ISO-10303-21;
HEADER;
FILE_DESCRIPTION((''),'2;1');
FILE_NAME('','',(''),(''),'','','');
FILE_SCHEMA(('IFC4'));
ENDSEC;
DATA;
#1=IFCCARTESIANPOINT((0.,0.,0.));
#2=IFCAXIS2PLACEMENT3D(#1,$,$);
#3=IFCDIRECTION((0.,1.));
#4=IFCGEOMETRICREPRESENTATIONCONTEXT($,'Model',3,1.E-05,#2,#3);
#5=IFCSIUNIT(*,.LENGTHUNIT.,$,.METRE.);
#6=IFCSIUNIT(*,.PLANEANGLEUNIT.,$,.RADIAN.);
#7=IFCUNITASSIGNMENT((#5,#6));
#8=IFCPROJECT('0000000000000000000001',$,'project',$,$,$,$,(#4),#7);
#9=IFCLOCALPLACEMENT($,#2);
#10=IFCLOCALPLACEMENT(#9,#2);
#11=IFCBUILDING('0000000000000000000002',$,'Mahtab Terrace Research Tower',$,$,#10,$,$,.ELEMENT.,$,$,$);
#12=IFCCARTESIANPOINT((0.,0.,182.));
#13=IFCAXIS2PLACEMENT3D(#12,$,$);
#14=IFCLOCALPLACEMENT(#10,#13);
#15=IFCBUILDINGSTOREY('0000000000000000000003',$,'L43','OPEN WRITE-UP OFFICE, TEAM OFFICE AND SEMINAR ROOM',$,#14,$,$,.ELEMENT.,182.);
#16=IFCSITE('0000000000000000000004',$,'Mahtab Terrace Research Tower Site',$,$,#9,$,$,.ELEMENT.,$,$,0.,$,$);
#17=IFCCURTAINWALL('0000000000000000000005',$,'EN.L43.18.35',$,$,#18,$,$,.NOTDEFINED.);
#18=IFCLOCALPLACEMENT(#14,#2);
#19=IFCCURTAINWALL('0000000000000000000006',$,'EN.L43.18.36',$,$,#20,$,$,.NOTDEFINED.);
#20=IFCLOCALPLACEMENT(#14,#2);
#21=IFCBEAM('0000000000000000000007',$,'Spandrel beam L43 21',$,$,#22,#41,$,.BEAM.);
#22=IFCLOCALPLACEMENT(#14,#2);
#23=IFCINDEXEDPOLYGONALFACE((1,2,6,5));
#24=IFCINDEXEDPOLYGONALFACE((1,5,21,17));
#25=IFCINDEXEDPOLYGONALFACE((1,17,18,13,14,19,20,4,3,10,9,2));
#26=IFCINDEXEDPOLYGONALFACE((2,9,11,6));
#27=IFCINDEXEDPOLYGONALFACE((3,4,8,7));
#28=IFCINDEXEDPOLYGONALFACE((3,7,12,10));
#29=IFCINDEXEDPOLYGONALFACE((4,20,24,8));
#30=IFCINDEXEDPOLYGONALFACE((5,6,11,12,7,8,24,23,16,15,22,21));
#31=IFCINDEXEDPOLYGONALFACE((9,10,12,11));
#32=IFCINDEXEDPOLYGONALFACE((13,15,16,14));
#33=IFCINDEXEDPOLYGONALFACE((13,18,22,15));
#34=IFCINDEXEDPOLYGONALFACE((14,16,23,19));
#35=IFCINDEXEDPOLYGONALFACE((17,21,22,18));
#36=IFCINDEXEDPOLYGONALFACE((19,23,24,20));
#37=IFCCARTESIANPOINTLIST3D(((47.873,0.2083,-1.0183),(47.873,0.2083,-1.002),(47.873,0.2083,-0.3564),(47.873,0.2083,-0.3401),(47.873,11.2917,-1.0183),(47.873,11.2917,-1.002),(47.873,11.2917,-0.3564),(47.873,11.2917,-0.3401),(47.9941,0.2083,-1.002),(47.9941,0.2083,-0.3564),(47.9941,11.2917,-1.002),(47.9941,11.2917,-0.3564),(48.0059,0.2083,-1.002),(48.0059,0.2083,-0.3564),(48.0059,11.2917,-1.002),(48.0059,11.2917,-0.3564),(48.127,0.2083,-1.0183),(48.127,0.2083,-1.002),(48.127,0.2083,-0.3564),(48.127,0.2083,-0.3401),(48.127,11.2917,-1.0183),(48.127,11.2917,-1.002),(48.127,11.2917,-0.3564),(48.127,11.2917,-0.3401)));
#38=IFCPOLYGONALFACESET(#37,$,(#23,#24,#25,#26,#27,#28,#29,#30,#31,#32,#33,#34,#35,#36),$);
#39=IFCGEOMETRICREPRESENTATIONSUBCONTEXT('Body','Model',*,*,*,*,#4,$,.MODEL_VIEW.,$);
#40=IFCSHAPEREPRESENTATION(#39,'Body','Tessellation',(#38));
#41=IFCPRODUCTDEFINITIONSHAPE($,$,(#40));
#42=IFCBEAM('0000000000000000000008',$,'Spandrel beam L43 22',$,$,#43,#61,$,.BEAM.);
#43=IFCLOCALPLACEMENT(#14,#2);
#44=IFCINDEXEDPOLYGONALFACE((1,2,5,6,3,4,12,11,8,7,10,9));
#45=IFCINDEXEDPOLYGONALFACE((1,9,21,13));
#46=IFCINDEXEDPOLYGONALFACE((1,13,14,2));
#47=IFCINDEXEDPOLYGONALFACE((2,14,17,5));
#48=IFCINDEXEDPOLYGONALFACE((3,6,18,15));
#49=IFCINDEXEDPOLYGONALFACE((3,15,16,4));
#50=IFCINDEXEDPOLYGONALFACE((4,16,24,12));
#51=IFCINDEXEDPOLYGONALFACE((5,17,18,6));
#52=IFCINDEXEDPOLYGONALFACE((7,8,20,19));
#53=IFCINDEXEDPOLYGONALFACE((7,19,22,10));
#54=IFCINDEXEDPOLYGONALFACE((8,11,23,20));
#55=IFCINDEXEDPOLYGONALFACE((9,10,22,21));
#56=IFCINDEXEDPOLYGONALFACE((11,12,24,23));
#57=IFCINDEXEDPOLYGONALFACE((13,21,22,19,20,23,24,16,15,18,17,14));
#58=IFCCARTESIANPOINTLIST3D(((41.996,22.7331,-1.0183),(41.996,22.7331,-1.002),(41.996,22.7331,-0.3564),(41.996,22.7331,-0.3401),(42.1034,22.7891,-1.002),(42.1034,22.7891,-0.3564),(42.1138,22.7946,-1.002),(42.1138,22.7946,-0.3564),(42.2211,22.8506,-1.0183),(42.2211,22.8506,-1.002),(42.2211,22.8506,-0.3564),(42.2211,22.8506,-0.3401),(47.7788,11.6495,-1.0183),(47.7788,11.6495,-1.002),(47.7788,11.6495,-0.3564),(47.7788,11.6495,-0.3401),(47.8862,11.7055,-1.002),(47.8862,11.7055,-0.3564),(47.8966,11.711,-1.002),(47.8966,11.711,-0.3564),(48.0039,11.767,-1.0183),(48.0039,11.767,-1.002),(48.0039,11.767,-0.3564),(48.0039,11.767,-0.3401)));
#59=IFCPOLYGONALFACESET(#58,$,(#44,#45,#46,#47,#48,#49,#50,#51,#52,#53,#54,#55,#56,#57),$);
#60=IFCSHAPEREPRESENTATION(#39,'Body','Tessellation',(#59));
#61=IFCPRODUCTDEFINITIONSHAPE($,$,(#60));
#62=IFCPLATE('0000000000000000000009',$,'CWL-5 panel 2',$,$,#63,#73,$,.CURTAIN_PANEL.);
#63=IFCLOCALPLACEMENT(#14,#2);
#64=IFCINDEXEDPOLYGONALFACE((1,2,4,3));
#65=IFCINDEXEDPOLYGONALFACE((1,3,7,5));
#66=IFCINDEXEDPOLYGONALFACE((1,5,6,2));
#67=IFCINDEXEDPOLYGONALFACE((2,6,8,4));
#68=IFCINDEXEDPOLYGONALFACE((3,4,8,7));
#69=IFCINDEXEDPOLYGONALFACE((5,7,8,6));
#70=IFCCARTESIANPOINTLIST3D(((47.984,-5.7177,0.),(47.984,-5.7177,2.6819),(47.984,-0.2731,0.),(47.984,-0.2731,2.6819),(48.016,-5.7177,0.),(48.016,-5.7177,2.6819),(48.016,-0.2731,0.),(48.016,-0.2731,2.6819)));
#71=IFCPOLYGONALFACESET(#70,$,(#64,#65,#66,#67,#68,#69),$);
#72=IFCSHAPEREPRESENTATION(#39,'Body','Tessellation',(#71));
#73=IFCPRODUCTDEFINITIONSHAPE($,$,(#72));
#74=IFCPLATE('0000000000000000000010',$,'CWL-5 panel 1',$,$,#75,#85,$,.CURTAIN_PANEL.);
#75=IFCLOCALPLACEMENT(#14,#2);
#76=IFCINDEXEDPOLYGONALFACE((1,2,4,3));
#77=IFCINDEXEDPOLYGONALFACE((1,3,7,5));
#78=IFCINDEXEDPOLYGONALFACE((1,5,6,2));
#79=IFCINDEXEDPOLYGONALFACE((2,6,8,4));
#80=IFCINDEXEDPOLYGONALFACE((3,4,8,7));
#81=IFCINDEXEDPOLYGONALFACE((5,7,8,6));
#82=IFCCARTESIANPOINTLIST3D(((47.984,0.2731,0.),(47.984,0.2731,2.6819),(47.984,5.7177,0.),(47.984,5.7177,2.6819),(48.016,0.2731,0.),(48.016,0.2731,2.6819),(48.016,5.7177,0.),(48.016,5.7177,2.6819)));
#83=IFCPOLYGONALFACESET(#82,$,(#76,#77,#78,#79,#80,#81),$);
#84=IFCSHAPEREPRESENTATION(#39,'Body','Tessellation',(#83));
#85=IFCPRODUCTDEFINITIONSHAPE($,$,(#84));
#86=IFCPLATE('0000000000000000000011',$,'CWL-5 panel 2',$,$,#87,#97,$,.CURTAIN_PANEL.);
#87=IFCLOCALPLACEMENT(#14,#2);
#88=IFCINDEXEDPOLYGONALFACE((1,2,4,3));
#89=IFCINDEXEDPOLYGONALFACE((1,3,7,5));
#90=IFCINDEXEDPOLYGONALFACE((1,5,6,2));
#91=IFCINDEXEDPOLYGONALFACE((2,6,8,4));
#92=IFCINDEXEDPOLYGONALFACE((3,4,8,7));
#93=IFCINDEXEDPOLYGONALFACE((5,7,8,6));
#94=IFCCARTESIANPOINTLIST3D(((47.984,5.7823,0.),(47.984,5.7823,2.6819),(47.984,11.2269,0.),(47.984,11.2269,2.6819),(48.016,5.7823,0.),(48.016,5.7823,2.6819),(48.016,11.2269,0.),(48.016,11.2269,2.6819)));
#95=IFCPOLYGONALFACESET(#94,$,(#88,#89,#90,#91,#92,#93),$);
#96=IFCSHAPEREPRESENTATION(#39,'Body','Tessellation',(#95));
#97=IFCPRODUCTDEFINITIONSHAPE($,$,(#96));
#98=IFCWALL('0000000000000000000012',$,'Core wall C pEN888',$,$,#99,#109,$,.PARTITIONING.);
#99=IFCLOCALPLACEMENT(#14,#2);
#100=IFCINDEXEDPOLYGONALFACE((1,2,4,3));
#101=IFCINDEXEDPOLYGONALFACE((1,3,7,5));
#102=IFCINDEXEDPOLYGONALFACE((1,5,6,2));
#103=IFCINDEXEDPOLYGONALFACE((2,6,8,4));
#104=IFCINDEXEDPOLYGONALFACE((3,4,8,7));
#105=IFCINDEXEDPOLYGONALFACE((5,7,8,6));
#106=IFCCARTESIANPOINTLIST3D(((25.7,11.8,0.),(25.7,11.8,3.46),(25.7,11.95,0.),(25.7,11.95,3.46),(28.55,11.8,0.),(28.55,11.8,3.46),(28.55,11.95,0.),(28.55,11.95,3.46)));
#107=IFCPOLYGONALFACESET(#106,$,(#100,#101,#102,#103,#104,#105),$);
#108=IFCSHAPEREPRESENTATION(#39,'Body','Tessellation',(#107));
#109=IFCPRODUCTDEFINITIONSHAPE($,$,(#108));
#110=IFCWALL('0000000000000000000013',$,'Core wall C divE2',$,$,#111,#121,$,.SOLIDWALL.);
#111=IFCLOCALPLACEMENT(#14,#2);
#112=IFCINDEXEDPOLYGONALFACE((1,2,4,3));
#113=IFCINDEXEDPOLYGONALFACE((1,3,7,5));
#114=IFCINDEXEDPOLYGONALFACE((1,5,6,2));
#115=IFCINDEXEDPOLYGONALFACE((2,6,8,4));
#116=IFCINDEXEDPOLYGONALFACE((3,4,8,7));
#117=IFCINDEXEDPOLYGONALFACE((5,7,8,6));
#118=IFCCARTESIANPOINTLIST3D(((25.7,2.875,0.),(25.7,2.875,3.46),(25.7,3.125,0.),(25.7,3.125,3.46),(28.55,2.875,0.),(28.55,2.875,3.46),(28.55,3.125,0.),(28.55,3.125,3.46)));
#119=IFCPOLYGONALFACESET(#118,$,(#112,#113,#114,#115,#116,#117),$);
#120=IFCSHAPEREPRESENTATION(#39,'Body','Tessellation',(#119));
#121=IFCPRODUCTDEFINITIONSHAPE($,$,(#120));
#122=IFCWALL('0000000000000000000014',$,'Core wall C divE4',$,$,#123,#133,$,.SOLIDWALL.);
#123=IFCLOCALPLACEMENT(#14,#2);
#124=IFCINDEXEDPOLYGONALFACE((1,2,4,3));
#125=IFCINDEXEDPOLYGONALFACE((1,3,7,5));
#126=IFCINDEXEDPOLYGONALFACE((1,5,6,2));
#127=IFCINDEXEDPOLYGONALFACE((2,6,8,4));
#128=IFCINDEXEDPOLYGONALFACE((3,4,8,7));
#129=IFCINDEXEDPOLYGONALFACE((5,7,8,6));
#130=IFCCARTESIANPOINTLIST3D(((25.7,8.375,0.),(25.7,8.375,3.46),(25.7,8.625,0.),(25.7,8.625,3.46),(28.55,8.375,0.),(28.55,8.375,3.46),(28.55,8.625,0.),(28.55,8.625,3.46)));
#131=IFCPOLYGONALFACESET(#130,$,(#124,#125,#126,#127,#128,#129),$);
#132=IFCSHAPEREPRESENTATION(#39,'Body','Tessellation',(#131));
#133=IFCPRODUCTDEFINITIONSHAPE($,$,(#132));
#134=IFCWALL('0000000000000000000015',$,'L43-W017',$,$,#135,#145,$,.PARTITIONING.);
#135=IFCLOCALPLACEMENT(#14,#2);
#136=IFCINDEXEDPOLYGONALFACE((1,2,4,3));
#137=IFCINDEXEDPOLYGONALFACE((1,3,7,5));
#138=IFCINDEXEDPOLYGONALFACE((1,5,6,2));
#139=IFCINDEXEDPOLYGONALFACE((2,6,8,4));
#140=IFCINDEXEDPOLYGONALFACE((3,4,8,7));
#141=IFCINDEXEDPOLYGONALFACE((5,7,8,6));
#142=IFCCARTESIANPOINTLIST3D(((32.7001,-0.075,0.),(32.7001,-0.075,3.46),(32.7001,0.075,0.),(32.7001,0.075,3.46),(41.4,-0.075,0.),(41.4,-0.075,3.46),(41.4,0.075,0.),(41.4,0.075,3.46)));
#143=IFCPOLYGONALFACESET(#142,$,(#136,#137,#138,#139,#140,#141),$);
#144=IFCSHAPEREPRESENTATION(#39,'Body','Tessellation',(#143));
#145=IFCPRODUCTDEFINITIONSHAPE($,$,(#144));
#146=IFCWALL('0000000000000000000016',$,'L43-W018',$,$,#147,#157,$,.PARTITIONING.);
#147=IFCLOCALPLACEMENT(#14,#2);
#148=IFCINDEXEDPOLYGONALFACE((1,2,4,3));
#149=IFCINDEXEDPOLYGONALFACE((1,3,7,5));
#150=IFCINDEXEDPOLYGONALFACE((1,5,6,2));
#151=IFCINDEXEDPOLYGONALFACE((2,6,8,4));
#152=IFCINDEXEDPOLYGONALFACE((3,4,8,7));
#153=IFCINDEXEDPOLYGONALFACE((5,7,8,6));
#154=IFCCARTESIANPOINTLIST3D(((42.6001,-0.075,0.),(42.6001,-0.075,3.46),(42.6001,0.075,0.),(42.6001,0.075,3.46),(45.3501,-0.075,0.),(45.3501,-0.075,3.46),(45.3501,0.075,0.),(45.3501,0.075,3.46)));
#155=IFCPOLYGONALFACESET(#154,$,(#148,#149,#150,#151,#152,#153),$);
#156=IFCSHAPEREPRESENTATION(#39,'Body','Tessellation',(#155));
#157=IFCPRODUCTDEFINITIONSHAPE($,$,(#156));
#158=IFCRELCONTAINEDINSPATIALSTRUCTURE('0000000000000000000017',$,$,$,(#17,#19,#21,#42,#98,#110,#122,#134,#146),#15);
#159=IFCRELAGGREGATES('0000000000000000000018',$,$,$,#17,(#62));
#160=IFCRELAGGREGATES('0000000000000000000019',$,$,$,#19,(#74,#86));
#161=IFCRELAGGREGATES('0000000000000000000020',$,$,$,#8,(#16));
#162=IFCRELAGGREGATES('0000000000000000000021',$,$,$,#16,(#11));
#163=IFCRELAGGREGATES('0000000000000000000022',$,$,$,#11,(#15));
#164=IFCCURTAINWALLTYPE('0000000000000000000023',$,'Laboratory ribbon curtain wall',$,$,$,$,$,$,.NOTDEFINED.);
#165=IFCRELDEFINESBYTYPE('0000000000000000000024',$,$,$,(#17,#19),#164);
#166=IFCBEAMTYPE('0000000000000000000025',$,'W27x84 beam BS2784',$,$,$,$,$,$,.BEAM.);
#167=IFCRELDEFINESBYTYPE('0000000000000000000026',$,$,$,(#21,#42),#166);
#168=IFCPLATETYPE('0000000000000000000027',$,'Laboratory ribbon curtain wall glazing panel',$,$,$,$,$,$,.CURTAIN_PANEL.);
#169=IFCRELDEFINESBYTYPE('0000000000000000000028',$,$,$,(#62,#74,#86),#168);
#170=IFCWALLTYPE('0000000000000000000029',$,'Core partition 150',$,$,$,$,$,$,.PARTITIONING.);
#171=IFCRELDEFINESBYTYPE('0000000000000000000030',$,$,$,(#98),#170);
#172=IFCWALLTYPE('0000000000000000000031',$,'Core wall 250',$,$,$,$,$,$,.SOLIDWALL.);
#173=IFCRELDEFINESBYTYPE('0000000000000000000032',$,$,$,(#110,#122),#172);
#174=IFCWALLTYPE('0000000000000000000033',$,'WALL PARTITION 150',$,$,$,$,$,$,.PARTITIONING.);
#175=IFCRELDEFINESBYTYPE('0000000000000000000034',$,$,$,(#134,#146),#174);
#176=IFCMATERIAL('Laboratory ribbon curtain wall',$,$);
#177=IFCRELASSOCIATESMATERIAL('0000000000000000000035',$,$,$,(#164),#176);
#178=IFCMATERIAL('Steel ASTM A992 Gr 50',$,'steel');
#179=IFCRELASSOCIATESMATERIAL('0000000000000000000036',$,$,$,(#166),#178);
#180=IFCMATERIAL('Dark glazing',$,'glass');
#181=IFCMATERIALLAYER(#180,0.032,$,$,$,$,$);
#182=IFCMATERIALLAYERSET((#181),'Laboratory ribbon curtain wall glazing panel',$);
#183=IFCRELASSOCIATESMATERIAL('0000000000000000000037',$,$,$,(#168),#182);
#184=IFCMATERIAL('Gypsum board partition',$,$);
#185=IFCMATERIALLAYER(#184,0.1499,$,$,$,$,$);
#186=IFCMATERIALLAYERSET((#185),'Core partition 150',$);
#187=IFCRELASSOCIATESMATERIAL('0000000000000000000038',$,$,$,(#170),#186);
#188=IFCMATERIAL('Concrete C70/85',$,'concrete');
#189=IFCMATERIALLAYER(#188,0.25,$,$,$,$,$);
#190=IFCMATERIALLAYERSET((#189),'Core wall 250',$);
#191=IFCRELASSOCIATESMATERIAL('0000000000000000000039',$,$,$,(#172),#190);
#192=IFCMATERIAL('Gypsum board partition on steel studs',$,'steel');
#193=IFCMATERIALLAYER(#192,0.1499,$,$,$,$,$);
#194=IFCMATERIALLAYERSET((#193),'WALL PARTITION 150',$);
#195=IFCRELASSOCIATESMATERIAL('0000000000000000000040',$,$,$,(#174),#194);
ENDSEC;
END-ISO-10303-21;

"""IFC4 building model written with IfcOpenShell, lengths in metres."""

from ifc_helpers import new_model, si_unit, direction, frame, frame_2d, origin, origin_2d, place, context, subcontext, project, spatial, rectangle, i_section, extrude, material, layer, layer_set, material_profile, profile_set, type_object, element, aggregate, save


model = new_model("IFC4")

# Units and contexts
model_context = context("Model", 3, precision=1e-05, world=origin(), true_north=direction((0.0, 1.0)))
body_context = subcontext(model_context, "Body", "Model", "MODEL_VIEW")
ifc_project = project(units=[si_unit("LENGTHUNIT", "METRE"), si_unit("PLANEANGLEUNIT", "RADIAN")], contexts=[model_context])

# Site, building, storey
site_placement = place(None, origin())
site = spatial("IfcSite", under=ifc_project, at=site_placement, Name="Mahtab Terrace Research Tower Site", CompositionType="ELEMENT", RefElevation=0.0)
building_placement = place(site_placement, origin())
building = spatial("IfcBuilding", under=site, at=building_placement, Name="Mahtab Terrace Research Tower", CompositionType="ELEMENT")
storey_placement = place(building_placement, frame((0.0, 0.0, 182.0)))
storey = spatial("IfcBuildingStorey", under=building, at=storey_placement, Name="L43", Description="OPEN WRITE-UP OFFICE, TEAM OFFICE AND SEMINAR ROOM", CompositionType="ELEMENT", Elevation=182.0)

# Shared definitions
ifc_material_1 = material(Name="Concrete C70/85", Category="concrete")
ifc_material_2 = material(Name="Steel ASTM A992 Gr 50", Category="steel")

# Curtain wall
ifc_material_3 = material(Name="Laboratory ribbon curtain wall")
curtain_wall_type = type_object("IfcCurtainWallType", Name="Laboratory ribbon curtain wall", PredefinedType="NOTDEFINED", material=ifc_material_3)
curtain_wall_1_placement = place(storey_placement, origin())
curtain_wall_1 = element("IfcCurtainWall", 1, at=curtain_wall_1_placement, inside=storey, type_object=curtain_wall_type, Name="EN.L43.18.35", PredefinedType="NOTDEFINED")

# Curtain wall
curtain_wall_2_placement = place(storey_placement, origin())
curtain_wall_2 = element("IfcCurtainWall", 2, at=curtain_wall_2_placement, inside=storey, type_object=curtain_wall_type, Name="EN.L43.18.36", PredefinedType="NOTDEFINED")

# Beams
ifc_material_profile_1 = material_profile(ifc_material_2, i_section(OverallWidth=0.2539, OverallDepth=0.6782, WebThickness=0.0117, FlangeThickness=0.0164, at=origin_2d()), Name="W27X84")
ifc_profile_set_1 = profile_set([ifc_material_profile_1], Name="Steel ASTM A992 Gr 50")
beam_type = type_object("IfcBeamType", Name="W27x84 beam BS2784", PredefinedType="BEAM", material=ifc_profile_set_1)
beam_1_placement = place(storey_placement, frame((48.0, 0.2083, -0.6792), z_axis=(0.0, 1.0, 0.0), x_axis=(-1.0, 0.0, 0.0)))
element("IfcBeam", 3, at=beam_1_placement, inside=storey, type_object=beam_type, Name="Spandrel beam L43 21", PredefinedType="BEAM", context=body_context, shape_type="SweptSolid", body=[
    extrude(i_section(OverallWidth=0.2539, OverallDepth=0.6782, WebThickness=0.0117, FlangeThickness=0.0164, at=origin_2d()), origin(), (0.0, 0.0, 1.0), 11.0835),
])
beam_2_placement = place(storey_placement, frame((47.8914, 11.7083, -0.6792), z_axis=(-0.462567, 0.886584, 0.0), x_axis=(-0.886584, -0.462567, 0.0)))
element("IfcBeam", 4, at=beam_2_placement, inside=storey, type_object=beam_type, Name="Spandrel beam L43 22", PredefinedType="BEAM", context=body_context, shape_type="SweptSolid", body=[
    extrude(i_section(OverallWidth=0.2539, OverallDepth=0.6782, WebThickness=0.0117, FlangeThickness=0.0164, at=origin_2d()), origin(), (0.0, 0.0, 1.0), 12.5015),
])

# Plates
ifc_material_4 = material(Name="Dark glazing", Category="glass")
ifc_layer_1 = layer(ifc_material_4, 0.032)
ifc_layer_set_1 = layer_set([ifc_layer_1], Name="Laboratory ribbon curtain wall glazing panel")
plate_type = type_object("IfcPlateType", Name="Laboratory ribbon curtain wall glazing panel", PredefinedType="CURTAIN_PANEL", material=ifc_layer_set_1)
plate_1_placement = place(storey_placement, frame((48.0, -2.9954, 0.0), z_axis=(0.0, 0.0, 1.0), x_axis=(0.0, 1.0, 0.0)))
plate_1 = element("IfcPlate", 5, at=plate_1_placement, type_object=plate_type, Name="CWL-5 panel 2", PredefinedType="CURTAIN_PANEL", context=body_context, shape_type="SweptSolid", body=[
    extrude(rectangle(XDim=5.4446, YDim=0.032, at=origin_2d()), origin(), (0.0, 0.0, 1.0), 2.6819),
])
aggregate(curtain_wall_1, [plate_1])
plate_2_placement = place(storey_placement, frame((48.0, 2.9954, 0.0), z_axis=(0.0, 0.0, 1.0), x_axis=(0.0, 1.0, 0.0)))
plate_2 = element("IfcPlate", 6, at=plate_2_placement, type_object=plate_type, Name="CWL-5 panel 1", PredefinedType="CURTAIN_PANEL", context=body_context, shape_type="SweptSolid", body=[
    extrude(rectangle(XDim=5.4446, YDim=0.032, at=origin_2d()), origin(), (0.0, 0.0, 1.0), 2.6819),
])
plate_3_placement = place(storey_placement, frame((48.0, 8.5046, 0.0), z_axis=(0.0, 0.0, 1.0), x_axis=(0.0, 1.0, 0.0)))
plate_3 = element("IfcPlate", 7, at=plate_3_placement, type_object=plate_type, Name="CWL-5 panel 2", PredefinedType="CURTAIN_PANEL", context=body_context, shape_type="SweptSolid", body=[
    extrude(rectangle(XDim=5.4446, YDim=0.032, at=origin_2d()), origin(), (0.0, 0.0, 1.0), 2.6819),
])
aggregate(curtain_wall_2, [plate_2, plate_3])

# Walls
ifc_material_5 = material(Name="Gypsum board partition")
ifc_layer_2 = layer(ifc_material_5, 0.1499)
ifc_layer_set_2 = layer_set([ifc_layer_2], Name="Core partition 150")
wall_type_1 = type_object("IfcWallType", Name="Core partition 150", PredefinedType="PARTITIONING", material=ifc_layer_set_2)
wall_1_placement = place(storey_placement, frame((25.7, 11.875, 0.0), z_axis=(0.0, 0.0, 1.0), x_axis=(1.0, 0.0, 0.0)))
element("IfcWall", 8, at=wall_1_placement, inside=storey, type_object=wall_type_1, Name="Core wall C pEN888", PredefinedType="PARTITIONING", context=body_context, shape_type="SweptSolid", body=[
    extrude(rectangle(XDim=2.8501, YDim=0.1499, at=frame_2d((1.425, 0.0))), origin(), (0.0, 0.0, 1.0), 3.46),
])
ifc_layer_3 = layer(ifc_material_1, 0.25)
ifc_layer_set_3 = layer_set([ifc_layer_3], Name="Core wall 250")
wall_type_2 = type_object("IfcWallType", Name="Core wall 250", PredefinedType="SOLIDWALL", material=ifc_layer_set_3)
for number, where, z_axis, x_axis, name in (
    (9, (25.7, 3.0, 0.0), (0.0, 0.0, 1.0), (1.0, 0.0, 0.0), "Core wall C divE2"),
    (10, (25.7, 8.5, 0.0), (0.0, 0.0, 1.0), (1.0, 0.0, 0.0), "Core wall C divE4"),
):
    element("IfcWall", number, at=place(storey_placement, frame(where, z_axis=z_axis, x_axis=x_axis)), inside=storey, type_object=wall_type_2, Name=name, PredefinedType="SOLIDWALL", context=body_context, shape_type="SweptSolid", body=[
        extrude(rectangle(XDim=2.8501, YDim=0.25, at=frame_2d((1.425, 0.0))), origin(), (0.0, 0.0, 1.0), 3.46),
    ])
ifc_material_6 = material(Name="Gypsum board partition on steel studs", Category="steel")
ifc_layer_4 = layer(ifc_material_6, 0.1499)
ifc_layer_set_4 = layer_set([ifc_layer_4], Name="WALL PARTITION 150")
wall_type_3 = type_object("IfcWallType", Name="WALL PARTITION 150", PredefinedType="PARTITIONING", material=ifc_layer_set_4)
wall_2_placement = place(storey_placement, frame((32.7, 0.0, 0.0), z_axis=(0.0, 0.0, 1.0), x_axis=(1.0, 0.0, 0.0)))
element("IfcWall", 11, at=wall_2_placement, inside=storey, type_object=wall_type_3, Name="L43-W017", PredefinedType="PARTITIONING", context=body_context, shape_type="SweptSolid", body=[
    extrude(rectangle(XDim=8.7, YDim=0.1499, at=frame_2d((4.3501, 0.0))), origin(), (0.0, 0.0, 1.0), 3.46),
])
wall_3_placement = place(storey_placement, frame((42.6001, 0.0, 0.0), z_axis=(0.0, 0.0, 1.0), x_axis=(1.0, 0.0, 0.0)))
element("IfcWall", 12, at=wall_3_placement, inside=storey, type_object=wall_type_3, Name="L43-W018", PredefinedType="PARTITIONING", context=body_context, shape_type="SweptSolid", body=[
    extrude(rectangle(XDim=2.75, YDim=0.1499, at=frame_2d((1.375, 0.0))), origin(), (0.0, 0.0, 1.0), 3.46),
])

save(model, "model.ifc")
